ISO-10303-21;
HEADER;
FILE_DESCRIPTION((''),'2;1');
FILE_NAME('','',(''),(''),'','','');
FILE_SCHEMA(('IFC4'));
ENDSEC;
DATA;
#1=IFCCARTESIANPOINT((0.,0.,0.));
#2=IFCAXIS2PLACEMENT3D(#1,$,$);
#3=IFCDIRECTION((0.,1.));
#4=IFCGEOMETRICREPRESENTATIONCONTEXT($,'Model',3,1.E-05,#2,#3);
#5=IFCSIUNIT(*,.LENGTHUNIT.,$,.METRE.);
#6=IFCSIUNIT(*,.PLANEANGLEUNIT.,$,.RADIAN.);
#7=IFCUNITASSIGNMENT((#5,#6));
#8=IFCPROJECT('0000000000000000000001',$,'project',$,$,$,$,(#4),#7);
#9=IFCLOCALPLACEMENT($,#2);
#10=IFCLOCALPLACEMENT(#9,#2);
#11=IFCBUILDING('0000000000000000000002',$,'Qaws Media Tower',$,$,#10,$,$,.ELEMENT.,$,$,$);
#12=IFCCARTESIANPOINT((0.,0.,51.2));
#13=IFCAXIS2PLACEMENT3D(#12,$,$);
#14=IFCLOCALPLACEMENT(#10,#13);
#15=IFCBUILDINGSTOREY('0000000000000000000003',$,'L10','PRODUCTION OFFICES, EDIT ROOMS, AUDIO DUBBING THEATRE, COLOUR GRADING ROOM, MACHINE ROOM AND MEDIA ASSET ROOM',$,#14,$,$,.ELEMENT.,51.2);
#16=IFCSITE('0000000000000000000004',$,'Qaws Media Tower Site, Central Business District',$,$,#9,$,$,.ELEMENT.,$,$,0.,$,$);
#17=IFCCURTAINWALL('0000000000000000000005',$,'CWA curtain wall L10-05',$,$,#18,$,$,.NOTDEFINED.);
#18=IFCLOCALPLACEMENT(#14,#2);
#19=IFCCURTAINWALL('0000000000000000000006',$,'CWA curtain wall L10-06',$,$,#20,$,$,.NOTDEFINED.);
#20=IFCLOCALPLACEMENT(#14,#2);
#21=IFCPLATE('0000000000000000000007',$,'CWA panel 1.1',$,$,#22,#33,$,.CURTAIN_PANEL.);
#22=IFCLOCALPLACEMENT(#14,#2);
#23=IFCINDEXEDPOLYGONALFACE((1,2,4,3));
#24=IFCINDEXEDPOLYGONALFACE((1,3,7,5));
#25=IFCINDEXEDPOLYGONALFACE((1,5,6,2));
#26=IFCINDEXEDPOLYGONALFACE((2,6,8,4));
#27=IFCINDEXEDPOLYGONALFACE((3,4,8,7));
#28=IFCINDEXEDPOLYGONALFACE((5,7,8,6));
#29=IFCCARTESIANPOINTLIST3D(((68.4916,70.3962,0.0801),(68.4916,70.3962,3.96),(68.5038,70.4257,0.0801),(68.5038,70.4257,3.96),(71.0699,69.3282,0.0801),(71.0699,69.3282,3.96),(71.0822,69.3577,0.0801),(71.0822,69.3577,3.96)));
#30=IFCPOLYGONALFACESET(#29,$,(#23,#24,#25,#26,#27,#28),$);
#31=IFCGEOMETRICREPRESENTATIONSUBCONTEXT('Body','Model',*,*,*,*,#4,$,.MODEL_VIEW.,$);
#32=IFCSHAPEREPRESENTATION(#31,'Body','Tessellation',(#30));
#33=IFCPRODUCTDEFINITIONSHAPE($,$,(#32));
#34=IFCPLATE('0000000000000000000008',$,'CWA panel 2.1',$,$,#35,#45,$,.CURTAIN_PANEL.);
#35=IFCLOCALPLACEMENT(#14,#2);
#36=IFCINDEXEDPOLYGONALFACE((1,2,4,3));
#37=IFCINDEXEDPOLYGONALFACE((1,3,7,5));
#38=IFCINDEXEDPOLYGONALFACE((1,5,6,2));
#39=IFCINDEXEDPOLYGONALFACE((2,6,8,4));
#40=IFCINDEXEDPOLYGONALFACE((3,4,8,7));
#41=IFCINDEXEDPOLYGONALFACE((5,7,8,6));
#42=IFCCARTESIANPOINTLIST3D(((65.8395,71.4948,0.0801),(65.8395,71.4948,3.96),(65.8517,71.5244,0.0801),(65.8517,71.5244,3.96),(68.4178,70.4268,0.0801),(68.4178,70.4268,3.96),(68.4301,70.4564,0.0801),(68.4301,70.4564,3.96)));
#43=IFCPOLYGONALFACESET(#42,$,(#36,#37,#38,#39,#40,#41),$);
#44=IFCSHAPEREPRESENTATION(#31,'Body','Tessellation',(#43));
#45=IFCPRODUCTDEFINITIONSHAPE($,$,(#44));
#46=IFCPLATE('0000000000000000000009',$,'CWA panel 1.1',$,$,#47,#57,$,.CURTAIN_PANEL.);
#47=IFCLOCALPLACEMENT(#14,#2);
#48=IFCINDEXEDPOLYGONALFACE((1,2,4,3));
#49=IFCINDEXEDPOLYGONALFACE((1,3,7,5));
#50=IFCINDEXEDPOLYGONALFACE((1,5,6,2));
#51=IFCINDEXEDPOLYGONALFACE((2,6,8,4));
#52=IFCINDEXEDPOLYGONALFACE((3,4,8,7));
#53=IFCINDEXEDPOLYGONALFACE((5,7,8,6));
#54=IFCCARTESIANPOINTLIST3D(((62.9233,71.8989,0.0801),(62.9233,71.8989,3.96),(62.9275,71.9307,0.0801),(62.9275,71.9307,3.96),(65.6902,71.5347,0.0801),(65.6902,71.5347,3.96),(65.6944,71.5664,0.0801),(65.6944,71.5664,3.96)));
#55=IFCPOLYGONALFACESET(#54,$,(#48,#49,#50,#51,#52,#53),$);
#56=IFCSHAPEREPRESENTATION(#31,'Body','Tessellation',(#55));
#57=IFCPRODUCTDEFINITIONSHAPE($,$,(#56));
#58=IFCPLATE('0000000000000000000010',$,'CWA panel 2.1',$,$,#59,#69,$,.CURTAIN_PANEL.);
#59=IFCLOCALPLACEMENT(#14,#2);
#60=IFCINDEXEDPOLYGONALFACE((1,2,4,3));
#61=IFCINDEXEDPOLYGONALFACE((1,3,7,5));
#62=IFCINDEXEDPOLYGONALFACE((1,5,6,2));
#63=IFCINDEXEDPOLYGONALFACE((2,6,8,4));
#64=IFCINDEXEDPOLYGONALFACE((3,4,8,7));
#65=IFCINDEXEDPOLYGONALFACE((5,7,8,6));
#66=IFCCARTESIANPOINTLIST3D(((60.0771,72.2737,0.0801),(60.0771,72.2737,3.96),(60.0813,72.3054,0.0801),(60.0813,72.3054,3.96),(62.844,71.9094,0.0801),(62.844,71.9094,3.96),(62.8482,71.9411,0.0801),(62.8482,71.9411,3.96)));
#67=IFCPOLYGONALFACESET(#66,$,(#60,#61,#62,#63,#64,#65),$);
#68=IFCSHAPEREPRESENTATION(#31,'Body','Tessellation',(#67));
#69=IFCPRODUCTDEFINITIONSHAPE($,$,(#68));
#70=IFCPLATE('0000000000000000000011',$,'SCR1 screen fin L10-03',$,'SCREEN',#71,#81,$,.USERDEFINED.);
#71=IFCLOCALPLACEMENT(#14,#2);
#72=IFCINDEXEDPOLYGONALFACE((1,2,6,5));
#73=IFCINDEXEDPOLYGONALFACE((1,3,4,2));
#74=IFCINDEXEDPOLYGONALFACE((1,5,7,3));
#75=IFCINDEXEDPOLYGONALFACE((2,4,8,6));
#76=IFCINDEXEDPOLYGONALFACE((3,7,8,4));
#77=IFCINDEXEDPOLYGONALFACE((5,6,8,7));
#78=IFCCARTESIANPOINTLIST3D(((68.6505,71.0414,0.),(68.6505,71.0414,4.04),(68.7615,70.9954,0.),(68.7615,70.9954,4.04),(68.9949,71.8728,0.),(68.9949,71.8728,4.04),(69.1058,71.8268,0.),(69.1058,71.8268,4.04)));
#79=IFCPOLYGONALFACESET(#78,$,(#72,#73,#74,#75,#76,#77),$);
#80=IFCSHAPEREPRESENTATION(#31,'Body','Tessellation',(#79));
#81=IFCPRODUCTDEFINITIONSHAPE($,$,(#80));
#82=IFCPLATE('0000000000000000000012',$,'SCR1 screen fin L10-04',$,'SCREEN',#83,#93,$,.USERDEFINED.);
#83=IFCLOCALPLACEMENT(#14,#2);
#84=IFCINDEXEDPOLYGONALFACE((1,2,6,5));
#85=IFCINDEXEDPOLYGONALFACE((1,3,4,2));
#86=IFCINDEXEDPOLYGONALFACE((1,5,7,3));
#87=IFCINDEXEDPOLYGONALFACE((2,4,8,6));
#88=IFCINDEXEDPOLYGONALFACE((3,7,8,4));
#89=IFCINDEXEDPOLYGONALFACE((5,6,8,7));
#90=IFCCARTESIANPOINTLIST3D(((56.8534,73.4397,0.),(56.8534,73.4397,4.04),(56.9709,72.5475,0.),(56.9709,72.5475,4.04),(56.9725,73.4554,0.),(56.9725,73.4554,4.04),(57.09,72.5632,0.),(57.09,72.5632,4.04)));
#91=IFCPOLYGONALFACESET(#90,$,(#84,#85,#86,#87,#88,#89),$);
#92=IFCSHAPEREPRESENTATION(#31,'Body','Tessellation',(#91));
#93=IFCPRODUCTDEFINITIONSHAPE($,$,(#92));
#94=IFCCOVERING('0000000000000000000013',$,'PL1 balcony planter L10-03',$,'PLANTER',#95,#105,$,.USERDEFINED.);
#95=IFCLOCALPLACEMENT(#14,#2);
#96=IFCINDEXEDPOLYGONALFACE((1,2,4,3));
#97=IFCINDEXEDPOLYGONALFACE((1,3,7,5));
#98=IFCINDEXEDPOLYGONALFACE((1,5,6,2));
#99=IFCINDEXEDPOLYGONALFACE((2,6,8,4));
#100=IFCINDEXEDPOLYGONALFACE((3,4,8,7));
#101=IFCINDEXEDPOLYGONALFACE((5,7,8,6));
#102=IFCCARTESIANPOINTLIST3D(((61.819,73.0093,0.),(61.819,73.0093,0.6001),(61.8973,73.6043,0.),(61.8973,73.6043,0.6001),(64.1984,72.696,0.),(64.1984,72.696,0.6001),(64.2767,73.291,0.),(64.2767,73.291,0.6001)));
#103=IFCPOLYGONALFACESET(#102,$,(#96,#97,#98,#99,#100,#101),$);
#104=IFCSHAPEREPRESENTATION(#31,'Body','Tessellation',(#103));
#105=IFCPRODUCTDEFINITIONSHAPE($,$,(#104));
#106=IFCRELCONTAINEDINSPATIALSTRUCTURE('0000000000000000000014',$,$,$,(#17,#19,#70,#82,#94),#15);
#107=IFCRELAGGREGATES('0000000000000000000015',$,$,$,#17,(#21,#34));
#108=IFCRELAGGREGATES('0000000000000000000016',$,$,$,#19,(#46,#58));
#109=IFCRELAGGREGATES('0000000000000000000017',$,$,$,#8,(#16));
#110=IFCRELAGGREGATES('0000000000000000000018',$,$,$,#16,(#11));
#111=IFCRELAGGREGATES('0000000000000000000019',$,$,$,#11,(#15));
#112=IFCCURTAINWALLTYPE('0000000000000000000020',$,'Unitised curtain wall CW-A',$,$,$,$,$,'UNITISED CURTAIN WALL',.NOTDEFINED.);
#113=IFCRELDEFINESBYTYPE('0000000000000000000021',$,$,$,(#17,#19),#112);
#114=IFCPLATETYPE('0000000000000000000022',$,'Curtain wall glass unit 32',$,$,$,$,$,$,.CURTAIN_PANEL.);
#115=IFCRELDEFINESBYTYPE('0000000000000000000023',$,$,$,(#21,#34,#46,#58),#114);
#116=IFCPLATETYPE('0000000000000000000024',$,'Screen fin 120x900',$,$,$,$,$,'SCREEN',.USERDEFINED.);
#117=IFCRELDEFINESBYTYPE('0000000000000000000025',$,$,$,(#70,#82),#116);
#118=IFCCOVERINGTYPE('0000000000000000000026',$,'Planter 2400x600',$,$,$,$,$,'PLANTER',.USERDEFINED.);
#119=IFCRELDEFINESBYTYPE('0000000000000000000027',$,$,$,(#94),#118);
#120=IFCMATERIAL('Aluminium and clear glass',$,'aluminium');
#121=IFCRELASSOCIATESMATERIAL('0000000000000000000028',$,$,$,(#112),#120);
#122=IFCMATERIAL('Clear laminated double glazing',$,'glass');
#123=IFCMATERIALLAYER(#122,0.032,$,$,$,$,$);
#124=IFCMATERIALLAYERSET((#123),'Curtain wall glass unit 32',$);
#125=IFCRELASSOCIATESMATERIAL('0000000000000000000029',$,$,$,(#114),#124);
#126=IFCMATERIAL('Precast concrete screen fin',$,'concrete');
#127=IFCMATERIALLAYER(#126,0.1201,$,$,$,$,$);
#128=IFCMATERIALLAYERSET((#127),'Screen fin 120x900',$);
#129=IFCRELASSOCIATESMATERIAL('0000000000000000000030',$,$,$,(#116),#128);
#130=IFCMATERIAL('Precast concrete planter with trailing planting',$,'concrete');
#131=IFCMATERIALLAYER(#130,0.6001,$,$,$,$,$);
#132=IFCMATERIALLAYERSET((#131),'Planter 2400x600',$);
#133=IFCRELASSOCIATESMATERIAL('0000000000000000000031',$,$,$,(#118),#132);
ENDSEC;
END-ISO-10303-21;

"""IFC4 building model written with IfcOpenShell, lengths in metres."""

from ifc_helpers import new_model, si_unit, direction, frame, origin, origin_2d, place, context, subcontext, project, spatial, rectangle, extrude, material, layer, layer_set, type_object, element, aggregate, save


model = new_model("IFC4")

# Units and contexts
model_context = context("Model", 3, precision=1e-05, world=origin(), true_north=direction((0.0, 1.0)))
body_context = subcontext(model_context, "Body", "Model", "MODEL_VIEW")
ifc_project = project(units=[si_unit("LENGTHUNIT", "METRE"), si_unit("PLANEANGLEUNIT", "RADIAN")], contexts=[model_context])

# Site, building, storey
site_placement = place(None, origin())
site = spatial("IfcSite", under=ifc_project, at=site_placement, Name="Qaws Media Tower Site, Central Business District", CompositionType="ELEMENT", RefElevation=0.0)
building_placement = place(site_placement, origin())
building = spatial("IfcBuilding", under=site, at=building_placement, Name="Qaws Media Tower", CompositionType="ELEMENT")
storey_placement = place(building_placement, frame((0.0, 0.0, 51.2)))
storey = spatial("IfcBuildingStorey", under=building, at=storey_placement, Name="L10", Description="PRODUCTION OFFICES, EDIT ROOMS, AUDIO DUBBING THEATRE, COLOUR GRADING ROOM, MACHINE ROOM AND MEDIA ASSET ROOM", CompositionType="ELEMENT", Elevation=51.2)

# Curtain walls
ifc_material_1 = material(Name="Aluminium and clear glass", Category="aluminium")
curtain_wall_type = type_object("IfcCurtainWallType", Name="Unitised curtain wall CW-A", ElementType="UNITISED CURTAIN WALL", PredefinedType="NOTDEFINED", material=ifc_material_1)
curtain_wall_1_placement = place(storey_placement, origin())
curtain_wall_1 = element("IfcCurtainWall", 1, at=curtain_wall_1_placement, inside=storey, type_object=curtain_wall_type, Name="CWA curtain wall L10-05", PredefinedType="NOTDEFINED")
curtain_wall_2_placement = place(storey_placement, origin())
curtain_wall_2 = element("IfcCurtainWall", 2, at=curtain_wall_2_placement, inside=storey, type_object=curtain_wall_type, Name="CWA curtain wall L10-06", PredefinedType="NOTDEFINED")

# Plates
ifc_material_2 = material(Name="Clear laminated double glazing", Category="glass")
ifc_layer_1 = layer(ifc_material_2, 0.032)
ifc_layer_set_1 = layer_set([ifc_layer_1], Name="Curtain wall glass unit 32")
plate_type_1 = type_object("IfcPlateType", Name="Curtain wall glass unit 32", PredefinedType="CURTAIN_PANEL", material=ifc_layer_set_1)
plate_1_placement = place(storey_placement, frame((69.7869, 69.877, 0.0801), z_axis=(0.0, 0.0, 1.0), x_axis=(-0.92388, 0.382683, 0.0)))
plate_1 = element("IfcPlate", 3, at=plate_1_placement, type_object=plate_type_1, Name="CWA panel 1.1", PredefinedType="CURTAIN_PANEL", context=body_context, shape_type="SweptSolid", body=[
    extrude(rectangle(XDim=2.7908, YDim=0.032, at=origin_2d()), origin(), (0.0, 0.0, 1.0), 3.8799),
])
plate_2_placement = place(storey_placement, frame((67.1348, 70.9756, 0.0801), z_axis=(0.0, 0.0, 1.0), x_axis=(-0.92388, 0.382683, 0.0)))
plate_2 = element("IfcPlate", 4, at=plate_2_placement, type_object=plate_type_1, Name="CWA panel 2.1", PredefinedType="CURTAIN_PANEL", context=body_context, shape_type="SweptSolid", body=[
    extrude(rectangle(XDim=2.7908, YDim=0.032, at=origin_2d()), origin(), (0.0, 0.0, 1.0), 3.8799),
])
aggregate(curtain_wall_1, [plate_1, plate_2])
plate_3_placement = place(storey_placement, frame((64.3088, 71.7327, 0.0801), z_axis=(0.0, 0.0, 1.0), x_axis=(-0.991445, 0.130526, 0.0)))
plate_3 = element("IfcPlate", 5, at=plate_3_placement, type_object=plate_type_1, Name="CWA panel 1.1", PredefinedType="CURTAIN_PANEL", context=body_context, shape_type="SweptSolid", body=[
    extrude(rectangle(XDim=2.7908, YDim=0.032, at=origin_2d()), origin(), (0.0, 0.0, 1.0), 3.8799),
])
plate_4_placement = place(storey_placement, frame((61.4626, 72.1074, 0.0801), z_axis=(0.0, 0.0, 1.0), x_axis=(-0.991445, 0.130526, 0.0)))
plate_4 = element("IfcPlate", 6, at=plate_4_placement, type_object=plate_type_1, Name="CWA panel 2.1", PredefinedType="CURTAIN_PANEL", context=body_context, shape_type="SweptSolid", body=[
    extrude(rectangle(XDim=2.7908, YDim=0.032, at=origin_2d()), origin(), (0.0, 0.0, 1.0), 3.8799),
])
aggregate(curtain_wall_2, [plate_3, plate_4])

# Plates
ifc_material_3 = material(Name="Precast concrete screen fin", Category="concrete")
ifc_layer_2 = layer(ifc_material_3, 0.1201)
ifc_layer_set_2 = layer_set([ifc_layer_2], Name="Screen fin 120x900")
plate_type_2 = type_object("IfcPlateType", Name="Screen fin 120x900", ElementType="SCREEN", PredefinedType="USERDEFINED", material=ifc_layer_set_2)
for number, where, z_axis, x_axis, name in (
    (7, (68.8782, 71.4341, 0.0), (0.0, 0.0, 1.0), (0.382683, 0.92388, 0.0), "SCR1 screen fin L10-03"),
    (8, (56.9717, 73.0015, 0.0), (0.0, 0.0, 1.0), (-0.130526, 0.991445, 0.0), "SCR1 screen fin L10-04"),
):
    element("IfcPlate", number, at=place(storey_placement, frame(where, z_axis=z_axis, x_axis=x_axis)), inside=storey, type_object=plate_type_2, Name=name, ObjectType="SCREEN", PredefinedType="USERDEFINED", context=body_context, shape_type="SweptSolid", body=[
        extrude(rectangle(XDim=0.8999, YDim=0.1201, at=origin_2d()), origin(), (0.0, 0.0, 1.0), 4.04),
    ])

# Covering
ifc_material_4 = material(Name="Precast concrete planter with trailing planting", Category="concrete")
ifc_layer_3 = layer(ifc_material_4, 0.6001)
ifc_layer_set_3 = layer_set([ifc_layer_3], Name="Planter 2400x600")
covering_type = type_object("IfcCoveringType", Name="Planter 2400x600", ElementType="PLANTER", PredefinedType="USERDEFINED", material=ifc_layer_set_3)
covering_placement = place(storey_placement, frame((63.0479, 73.1501, 0.0), z_axis=(0.0, 0.0, 1.0), x_axis=(-0.991445, 0.130526, 0.0)))
element("IfcCovering", 9, at=covering_placement, inside=storey, type_object=covering_type, Name="PL1 balcony planter L10-03", ObjectType="PLANTER", PredefinedType="USERDEFINED", context=body_context, shape_type="SweptSolid", body=[
    extrude(rectangle(XDim=2.3999, YDim=0.6001, at=origin_2d()), origin(), (0.0, 0.0, 1.0), 0.6001),
])

save(model, "model.ifc")
